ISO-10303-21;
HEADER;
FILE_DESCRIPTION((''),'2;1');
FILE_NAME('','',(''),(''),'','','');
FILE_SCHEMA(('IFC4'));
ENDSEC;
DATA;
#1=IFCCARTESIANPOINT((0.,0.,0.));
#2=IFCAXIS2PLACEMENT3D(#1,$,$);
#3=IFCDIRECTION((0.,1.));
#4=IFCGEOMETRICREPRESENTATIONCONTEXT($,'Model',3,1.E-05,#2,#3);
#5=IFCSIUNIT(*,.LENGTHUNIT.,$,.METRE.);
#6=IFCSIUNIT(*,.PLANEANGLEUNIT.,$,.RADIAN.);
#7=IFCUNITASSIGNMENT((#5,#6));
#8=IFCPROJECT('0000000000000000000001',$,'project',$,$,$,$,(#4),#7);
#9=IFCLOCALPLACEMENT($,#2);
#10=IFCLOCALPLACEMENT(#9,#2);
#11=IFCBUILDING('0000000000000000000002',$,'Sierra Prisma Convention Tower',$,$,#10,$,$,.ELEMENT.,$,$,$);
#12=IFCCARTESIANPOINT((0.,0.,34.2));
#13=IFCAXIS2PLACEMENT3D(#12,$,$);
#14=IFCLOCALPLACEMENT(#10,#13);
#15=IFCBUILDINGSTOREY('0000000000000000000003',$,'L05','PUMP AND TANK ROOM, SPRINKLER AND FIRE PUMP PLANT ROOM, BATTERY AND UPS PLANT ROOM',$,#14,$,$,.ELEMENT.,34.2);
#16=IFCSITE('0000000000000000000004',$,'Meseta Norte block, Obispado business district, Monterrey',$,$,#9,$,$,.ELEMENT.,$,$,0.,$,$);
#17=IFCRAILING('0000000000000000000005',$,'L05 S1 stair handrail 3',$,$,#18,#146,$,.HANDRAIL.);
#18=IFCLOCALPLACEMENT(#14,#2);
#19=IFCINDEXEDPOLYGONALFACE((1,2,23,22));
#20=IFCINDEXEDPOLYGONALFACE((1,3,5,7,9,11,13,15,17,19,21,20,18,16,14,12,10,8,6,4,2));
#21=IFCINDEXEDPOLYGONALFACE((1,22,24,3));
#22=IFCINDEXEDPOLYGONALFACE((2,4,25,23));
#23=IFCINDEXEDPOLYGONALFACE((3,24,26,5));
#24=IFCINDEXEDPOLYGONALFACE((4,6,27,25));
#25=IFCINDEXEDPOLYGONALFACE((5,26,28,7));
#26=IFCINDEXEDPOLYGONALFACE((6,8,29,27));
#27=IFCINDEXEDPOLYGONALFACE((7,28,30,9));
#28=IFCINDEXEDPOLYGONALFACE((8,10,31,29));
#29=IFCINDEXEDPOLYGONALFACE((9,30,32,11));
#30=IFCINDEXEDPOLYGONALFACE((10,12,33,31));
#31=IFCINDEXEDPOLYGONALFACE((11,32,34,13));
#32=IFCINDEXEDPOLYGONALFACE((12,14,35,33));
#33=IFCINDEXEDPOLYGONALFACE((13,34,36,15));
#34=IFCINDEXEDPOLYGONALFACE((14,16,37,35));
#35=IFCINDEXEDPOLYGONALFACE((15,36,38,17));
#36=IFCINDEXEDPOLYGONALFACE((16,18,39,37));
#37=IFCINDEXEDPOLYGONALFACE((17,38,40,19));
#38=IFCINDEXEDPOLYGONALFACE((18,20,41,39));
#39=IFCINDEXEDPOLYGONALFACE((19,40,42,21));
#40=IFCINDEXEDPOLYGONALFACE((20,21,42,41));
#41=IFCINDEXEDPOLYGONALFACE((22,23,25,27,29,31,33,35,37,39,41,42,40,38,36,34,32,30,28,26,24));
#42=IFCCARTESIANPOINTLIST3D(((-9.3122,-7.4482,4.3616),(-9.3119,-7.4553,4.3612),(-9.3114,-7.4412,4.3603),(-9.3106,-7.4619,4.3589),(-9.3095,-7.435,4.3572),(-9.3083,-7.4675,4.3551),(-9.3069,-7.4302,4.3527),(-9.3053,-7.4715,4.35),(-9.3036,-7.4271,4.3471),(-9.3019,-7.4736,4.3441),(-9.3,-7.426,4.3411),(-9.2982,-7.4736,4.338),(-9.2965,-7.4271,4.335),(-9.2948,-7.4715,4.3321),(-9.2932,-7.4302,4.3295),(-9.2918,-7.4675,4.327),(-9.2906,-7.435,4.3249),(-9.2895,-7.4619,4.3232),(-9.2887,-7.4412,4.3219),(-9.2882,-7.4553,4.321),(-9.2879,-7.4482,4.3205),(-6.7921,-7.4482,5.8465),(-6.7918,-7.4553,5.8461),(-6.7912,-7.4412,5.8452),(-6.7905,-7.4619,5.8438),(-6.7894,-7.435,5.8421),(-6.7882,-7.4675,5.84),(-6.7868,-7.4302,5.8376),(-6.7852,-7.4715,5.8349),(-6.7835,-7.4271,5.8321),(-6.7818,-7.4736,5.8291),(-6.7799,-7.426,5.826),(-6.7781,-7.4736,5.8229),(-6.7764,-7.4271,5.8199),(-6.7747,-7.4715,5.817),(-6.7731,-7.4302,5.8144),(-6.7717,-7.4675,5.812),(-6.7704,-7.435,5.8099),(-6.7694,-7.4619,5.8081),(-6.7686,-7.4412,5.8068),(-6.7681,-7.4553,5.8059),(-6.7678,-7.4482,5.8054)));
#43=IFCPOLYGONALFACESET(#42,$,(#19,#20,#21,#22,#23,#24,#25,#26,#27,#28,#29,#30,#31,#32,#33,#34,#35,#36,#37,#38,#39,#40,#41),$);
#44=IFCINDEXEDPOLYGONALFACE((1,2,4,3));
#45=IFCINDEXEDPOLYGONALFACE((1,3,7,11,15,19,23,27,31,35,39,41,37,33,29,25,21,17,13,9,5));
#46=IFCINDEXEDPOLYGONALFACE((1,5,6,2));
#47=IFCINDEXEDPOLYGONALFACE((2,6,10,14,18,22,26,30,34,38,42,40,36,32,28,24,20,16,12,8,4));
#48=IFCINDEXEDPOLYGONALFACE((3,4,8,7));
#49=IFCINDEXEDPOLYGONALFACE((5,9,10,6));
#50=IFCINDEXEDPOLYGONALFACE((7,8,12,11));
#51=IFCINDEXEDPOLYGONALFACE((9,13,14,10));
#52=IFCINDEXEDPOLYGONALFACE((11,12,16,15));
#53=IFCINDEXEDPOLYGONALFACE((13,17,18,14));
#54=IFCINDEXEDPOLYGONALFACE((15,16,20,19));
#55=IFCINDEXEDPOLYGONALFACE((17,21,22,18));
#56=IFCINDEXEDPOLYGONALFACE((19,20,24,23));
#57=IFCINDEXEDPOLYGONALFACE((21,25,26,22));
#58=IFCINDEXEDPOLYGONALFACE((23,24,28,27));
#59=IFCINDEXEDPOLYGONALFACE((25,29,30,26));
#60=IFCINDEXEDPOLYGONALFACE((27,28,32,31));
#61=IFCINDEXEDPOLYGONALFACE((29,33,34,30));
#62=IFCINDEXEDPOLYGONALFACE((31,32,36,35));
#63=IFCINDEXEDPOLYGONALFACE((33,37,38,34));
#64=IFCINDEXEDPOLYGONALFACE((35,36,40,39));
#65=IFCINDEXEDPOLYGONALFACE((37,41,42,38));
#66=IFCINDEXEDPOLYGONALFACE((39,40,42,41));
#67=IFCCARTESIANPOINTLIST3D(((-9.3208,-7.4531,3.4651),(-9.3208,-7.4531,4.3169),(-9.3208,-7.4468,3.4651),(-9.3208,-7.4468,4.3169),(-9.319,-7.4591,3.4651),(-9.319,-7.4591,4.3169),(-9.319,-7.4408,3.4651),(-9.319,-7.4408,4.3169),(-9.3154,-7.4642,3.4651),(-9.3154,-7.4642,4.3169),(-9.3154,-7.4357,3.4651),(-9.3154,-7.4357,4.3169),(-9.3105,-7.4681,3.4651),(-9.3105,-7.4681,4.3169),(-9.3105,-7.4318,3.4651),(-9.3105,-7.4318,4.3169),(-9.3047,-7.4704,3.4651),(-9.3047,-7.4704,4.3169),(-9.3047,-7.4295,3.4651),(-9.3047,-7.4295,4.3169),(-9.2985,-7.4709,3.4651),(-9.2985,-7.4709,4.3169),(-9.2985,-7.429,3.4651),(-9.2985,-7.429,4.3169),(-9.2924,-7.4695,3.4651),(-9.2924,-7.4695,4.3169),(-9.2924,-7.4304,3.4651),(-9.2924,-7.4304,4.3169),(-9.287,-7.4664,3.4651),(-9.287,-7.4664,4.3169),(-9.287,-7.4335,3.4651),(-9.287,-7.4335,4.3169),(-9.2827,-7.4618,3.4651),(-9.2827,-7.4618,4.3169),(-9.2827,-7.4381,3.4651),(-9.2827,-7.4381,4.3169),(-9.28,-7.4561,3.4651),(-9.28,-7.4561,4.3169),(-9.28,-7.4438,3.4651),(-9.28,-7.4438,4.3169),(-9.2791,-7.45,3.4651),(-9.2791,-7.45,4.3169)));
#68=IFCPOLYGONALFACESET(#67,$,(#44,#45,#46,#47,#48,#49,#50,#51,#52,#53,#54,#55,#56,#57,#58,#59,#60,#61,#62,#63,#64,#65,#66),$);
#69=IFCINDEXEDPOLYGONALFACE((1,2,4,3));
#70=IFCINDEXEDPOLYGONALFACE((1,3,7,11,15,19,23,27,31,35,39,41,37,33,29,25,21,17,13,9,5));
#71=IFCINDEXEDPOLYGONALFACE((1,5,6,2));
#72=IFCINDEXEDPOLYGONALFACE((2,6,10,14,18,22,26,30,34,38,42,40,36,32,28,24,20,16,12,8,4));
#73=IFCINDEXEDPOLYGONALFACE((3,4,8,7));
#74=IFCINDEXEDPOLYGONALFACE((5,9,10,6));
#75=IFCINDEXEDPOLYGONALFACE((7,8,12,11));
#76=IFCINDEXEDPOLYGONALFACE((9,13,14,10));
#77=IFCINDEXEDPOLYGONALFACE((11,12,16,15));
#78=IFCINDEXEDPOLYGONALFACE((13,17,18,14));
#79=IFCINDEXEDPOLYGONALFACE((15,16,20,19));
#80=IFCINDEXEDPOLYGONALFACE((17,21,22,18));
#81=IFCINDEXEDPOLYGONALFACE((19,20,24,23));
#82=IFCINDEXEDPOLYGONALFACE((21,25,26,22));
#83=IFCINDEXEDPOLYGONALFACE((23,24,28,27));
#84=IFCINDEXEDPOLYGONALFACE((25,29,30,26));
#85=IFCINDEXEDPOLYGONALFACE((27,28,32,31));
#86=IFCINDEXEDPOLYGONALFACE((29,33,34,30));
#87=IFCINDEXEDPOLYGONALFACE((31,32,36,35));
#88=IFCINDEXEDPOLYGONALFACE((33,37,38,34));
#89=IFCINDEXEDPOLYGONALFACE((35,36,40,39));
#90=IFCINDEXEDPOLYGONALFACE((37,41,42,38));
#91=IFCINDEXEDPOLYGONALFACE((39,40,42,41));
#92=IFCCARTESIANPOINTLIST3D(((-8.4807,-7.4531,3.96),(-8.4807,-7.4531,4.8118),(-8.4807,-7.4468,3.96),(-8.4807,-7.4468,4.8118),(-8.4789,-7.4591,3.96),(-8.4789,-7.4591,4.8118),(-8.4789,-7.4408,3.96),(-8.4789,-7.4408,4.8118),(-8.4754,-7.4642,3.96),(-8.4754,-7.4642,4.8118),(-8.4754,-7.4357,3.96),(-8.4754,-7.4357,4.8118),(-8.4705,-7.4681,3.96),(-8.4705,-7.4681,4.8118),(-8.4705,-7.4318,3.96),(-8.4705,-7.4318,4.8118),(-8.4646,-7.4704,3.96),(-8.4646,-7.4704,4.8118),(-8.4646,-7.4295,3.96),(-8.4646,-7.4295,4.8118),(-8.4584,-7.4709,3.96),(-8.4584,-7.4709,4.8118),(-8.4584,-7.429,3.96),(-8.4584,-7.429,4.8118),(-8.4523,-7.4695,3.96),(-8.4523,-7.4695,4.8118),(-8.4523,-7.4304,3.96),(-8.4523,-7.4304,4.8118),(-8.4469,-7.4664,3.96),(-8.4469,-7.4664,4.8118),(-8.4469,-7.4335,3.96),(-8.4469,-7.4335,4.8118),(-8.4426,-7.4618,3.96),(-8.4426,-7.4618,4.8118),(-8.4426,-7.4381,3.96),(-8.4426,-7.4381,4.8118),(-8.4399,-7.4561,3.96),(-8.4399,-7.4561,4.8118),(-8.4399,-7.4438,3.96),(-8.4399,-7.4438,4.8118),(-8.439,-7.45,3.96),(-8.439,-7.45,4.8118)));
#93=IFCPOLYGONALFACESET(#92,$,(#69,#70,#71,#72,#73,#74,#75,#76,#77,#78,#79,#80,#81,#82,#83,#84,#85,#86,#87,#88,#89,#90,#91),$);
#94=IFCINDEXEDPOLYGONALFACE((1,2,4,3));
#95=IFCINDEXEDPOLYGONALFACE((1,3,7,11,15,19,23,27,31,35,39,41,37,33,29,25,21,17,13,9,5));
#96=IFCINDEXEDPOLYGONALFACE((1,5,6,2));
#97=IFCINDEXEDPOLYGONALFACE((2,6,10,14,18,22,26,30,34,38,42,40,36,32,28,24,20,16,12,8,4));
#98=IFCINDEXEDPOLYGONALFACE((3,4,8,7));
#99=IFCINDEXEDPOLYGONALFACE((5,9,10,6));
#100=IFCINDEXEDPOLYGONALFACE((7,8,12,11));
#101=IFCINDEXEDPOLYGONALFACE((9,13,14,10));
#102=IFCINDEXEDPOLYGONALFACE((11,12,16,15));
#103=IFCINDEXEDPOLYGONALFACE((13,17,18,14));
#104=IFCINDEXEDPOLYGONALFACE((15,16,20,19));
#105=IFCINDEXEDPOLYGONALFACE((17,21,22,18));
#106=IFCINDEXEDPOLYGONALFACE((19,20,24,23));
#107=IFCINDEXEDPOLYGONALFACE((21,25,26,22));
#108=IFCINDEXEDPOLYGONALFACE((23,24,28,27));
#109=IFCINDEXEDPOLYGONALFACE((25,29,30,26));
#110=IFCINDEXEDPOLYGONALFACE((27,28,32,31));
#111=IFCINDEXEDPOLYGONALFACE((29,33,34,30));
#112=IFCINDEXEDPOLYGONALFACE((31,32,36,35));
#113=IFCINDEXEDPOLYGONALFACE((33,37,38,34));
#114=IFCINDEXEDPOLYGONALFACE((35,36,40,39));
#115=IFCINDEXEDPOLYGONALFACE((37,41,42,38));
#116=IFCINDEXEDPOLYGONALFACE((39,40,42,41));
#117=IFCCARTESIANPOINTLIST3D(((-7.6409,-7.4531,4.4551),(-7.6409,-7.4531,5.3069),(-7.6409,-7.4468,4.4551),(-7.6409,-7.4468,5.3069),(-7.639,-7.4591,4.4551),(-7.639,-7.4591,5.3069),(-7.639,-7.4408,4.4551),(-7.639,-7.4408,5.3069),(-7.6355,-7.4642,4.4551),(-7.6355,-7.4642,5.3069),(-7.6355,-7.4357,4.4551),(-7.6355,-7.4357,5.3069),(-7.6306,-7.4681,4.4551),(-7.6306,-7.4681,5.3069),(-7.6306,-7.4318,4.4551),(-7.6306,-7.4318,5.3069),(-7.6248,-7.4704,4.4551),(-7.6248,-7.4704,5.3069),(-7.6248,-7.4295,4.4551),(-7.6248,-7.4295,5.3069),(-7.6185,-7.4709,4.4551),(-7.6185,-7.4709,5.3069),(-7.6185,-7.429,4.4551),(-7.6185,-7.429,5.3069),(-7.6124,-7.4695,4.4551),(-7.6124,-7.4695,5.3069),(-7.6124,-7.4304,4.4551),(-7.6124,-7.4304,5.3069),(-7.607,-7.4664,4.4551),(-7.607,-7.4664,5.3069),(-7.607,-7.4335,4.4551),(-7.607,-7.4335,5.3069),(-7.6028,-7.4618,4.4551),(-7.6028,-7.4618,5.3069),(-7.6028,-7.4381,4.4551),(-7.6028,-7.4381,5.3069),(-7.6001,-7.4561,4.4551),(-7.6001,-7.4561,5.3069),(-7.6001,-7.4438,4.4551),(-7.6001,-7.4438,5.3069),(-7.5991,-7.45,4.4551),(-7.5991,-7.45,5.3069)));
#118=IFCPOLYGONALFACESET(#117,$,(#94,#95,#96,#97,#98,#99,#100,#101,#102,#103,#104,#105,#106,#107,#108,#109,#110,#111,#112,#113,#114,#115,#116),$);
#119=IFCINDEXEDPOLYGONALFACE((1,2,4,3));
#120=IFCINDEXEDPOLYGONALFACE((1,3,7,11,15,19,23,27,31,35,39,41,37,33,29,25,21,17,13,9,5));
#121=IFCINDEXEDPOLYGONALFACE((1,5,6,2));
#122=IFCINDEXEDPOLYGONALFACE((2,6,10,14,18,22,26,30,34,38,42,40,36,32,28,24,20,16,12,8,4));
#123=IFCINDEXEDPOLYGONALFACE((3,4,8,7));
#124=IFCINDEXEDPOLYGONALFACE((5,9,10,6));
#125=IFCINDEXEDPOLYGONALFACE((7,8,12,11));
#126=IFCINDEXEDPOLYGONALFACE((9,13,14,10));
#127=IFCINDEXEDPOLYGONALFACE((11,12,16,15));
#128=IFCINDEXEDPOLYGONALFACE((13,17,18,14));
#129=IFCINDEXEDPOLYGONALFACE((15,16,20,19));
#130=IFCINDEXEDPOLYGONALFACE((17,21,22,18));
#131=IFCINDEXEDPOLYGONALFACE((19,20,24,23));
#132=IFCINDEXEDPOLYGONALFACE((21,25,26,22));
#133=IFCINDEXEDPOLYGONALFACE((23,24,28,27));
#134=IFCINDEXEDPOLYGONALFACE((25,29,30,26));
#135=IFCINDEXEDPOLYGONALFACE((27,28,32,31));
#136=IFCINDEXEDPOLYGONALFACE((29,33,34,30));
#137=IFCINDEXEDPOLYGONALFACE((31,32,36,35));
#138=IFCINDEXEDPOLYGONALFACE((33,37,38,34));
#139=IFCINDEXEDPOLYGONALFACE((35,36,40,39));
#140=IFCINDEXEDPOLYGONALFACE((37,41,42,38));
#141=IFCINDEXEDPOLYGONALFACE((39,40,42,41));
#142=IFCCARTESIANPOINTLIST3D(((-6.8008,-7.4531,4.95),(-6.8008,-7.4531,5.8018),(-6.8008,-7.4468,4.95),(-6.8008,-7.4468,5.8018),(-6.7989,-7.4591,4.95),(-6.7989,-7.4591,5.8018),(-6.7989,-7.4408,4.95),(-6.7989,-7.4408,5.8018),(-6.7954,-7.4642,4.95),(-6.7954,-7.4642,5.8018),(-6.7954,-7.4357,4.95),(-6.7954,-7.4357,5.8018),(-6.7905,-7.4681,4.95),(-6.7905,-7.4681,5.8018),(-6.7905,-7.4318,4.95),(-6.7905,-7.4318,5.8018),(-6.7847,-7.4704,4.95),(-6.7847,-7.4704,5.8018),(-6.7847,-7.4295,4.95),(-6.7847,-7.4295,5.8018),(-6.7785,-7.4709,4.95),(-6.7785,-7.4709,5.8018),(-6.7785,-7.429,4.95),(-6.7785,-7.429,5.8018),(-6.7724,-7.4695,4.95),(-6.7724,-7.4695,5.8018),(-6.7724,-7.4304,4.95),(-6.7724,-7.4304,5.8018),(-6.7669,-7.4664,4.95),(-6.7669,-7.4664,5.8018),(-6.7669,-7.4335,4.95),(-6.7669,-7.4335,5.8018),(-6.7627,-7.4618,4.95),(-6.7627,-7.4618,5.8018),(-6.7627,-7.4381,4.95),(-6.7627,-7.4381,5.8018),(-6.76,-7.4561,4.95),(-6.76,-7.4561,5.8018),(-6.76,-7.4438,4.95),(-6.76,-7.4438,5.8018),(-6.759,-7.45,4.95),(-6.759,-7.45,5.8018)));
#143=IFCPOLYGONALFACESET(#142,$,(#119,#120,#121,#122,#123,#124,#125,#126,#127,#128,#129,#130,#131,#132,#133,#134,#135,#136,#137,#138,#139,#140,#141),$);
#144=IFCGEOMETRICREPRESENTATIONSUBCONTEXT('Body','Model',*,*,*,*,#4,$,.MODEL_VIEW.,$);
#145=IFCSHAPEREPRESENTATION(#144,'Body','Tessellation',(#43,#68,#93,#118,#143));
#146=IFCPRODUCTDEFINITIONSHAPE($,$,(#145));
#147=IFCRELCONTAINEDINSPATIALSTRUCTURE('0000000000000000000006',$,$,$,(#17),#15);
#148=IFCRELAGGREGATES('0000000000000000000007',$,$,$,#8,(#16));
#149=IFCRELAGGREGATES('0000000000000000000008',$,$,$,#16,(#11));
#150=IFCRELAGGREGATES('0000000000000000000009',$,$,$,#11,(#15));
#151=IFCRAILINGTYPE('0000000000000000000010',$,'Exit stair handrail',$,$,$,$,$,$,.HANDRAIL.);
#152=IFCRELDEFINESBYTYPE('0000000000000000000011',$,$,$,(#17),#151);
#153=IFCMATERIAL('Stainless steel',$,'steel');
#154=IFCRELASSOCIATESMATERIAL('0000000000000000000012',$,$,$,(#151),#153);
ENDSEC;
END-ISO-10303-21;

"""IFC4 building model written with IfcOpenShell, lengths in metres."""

from ifc_helpers import new_model, si_unit, direction, frame, origin, origin_2d, place, context, subcontext, project, spatial, circle, extrude, material, type_object, element, save


model = new_model("IFC4")

# Units and contexts
model_context = context("Model", 3, precision=1e-05, world=origin(), true_north=direction((0.0, 1.0)))
body_context = subcontext(model_context, "Body", "Model", "MODEL_VIEW")
ifc_project = project(units=[si_unit("LENGTHUNIT", "METRE"), si_unit("PLANEANGLEUNIT", "RADIAN")], contexts=[model_context])

# Site, building, storey
site_placement = place(None, origin())
site = spatial("IfcSite", under=ifc_project, at=site_placement, Name="Meseta Norte block, Obispado business district, Monterrey", CompositionType="ELEMENT", RefElevation=0.0)
building_placement = place(site_placement, origin())
building = spatial("IfcBuilding", under=site, at=building_placement, Name="Sierra Prisma Convention Tower", CompositionType="ELEMENT")
storey_placement = place(building_placement, frame((0.0, 0.0, 34.2)))
storey = spatial("IfcBuildingStorey", under=building, at=storey_placement, Name="L05", Description="PUMP AND TANK ROOM, SPRINKLER AND FIRE PUMP PLANT ROOM, BATTERY AND UPS PLANT ROOM", CompositionType="ELEMENT", Elevation=34.2)

# Railing
ifc_material_1 = material(Name="Stainless steel", Category="steel")
railing_type_1 = type_object("IfcRailingType", Name="Exit stair handrail", PredefinedType="HANDRAIL", material=ifc_material_1)
railing_1_placement = place(storey_placement, frame((-9.3, -7.45, 3.4651)))
element("IfcRailing", 1, at=railing_1_placement, inside=storey, type_object=railing_type_1, Name="L05 S1 stair handrail 3", PredefinedType="HANDRAIL", context=body_context, shape_type="SweptSolid", body=[
    extrude(circle(Radius=0.0239, at=origin_2d()), frame((0.0, 0.0, 0.876), z_axis=(0.861561, 0.0, 0.507655), x_axis=(0.0, 1.0, 0.0)), (0.0, 0.0, 1.0), 2.925),
    extrude(circle(Radius=0.021, at=origin_2d()), origin(), (0.0, 0.0, 1.0), 0.8518),
    extrude(circle(Radius=0.021, at=origin_2d()), frame((0.8401, 0.0, 0.4949)), (0.0, 0.0, 1.0), 0.8518),
    extrude(circle(Radius=0.021, at=origin_2d()), frame((1.6799, 0.0, 0.99)), (0.0, 0.0, 1.0), 0.8518),
    extrude(circle(Radius=0.021, at=origin_2d()), frame((2.52, 0.0, 1.4849)), (0.0, 0.0, 1.0), 0.8518),
])

save(model, "model.ifc")
